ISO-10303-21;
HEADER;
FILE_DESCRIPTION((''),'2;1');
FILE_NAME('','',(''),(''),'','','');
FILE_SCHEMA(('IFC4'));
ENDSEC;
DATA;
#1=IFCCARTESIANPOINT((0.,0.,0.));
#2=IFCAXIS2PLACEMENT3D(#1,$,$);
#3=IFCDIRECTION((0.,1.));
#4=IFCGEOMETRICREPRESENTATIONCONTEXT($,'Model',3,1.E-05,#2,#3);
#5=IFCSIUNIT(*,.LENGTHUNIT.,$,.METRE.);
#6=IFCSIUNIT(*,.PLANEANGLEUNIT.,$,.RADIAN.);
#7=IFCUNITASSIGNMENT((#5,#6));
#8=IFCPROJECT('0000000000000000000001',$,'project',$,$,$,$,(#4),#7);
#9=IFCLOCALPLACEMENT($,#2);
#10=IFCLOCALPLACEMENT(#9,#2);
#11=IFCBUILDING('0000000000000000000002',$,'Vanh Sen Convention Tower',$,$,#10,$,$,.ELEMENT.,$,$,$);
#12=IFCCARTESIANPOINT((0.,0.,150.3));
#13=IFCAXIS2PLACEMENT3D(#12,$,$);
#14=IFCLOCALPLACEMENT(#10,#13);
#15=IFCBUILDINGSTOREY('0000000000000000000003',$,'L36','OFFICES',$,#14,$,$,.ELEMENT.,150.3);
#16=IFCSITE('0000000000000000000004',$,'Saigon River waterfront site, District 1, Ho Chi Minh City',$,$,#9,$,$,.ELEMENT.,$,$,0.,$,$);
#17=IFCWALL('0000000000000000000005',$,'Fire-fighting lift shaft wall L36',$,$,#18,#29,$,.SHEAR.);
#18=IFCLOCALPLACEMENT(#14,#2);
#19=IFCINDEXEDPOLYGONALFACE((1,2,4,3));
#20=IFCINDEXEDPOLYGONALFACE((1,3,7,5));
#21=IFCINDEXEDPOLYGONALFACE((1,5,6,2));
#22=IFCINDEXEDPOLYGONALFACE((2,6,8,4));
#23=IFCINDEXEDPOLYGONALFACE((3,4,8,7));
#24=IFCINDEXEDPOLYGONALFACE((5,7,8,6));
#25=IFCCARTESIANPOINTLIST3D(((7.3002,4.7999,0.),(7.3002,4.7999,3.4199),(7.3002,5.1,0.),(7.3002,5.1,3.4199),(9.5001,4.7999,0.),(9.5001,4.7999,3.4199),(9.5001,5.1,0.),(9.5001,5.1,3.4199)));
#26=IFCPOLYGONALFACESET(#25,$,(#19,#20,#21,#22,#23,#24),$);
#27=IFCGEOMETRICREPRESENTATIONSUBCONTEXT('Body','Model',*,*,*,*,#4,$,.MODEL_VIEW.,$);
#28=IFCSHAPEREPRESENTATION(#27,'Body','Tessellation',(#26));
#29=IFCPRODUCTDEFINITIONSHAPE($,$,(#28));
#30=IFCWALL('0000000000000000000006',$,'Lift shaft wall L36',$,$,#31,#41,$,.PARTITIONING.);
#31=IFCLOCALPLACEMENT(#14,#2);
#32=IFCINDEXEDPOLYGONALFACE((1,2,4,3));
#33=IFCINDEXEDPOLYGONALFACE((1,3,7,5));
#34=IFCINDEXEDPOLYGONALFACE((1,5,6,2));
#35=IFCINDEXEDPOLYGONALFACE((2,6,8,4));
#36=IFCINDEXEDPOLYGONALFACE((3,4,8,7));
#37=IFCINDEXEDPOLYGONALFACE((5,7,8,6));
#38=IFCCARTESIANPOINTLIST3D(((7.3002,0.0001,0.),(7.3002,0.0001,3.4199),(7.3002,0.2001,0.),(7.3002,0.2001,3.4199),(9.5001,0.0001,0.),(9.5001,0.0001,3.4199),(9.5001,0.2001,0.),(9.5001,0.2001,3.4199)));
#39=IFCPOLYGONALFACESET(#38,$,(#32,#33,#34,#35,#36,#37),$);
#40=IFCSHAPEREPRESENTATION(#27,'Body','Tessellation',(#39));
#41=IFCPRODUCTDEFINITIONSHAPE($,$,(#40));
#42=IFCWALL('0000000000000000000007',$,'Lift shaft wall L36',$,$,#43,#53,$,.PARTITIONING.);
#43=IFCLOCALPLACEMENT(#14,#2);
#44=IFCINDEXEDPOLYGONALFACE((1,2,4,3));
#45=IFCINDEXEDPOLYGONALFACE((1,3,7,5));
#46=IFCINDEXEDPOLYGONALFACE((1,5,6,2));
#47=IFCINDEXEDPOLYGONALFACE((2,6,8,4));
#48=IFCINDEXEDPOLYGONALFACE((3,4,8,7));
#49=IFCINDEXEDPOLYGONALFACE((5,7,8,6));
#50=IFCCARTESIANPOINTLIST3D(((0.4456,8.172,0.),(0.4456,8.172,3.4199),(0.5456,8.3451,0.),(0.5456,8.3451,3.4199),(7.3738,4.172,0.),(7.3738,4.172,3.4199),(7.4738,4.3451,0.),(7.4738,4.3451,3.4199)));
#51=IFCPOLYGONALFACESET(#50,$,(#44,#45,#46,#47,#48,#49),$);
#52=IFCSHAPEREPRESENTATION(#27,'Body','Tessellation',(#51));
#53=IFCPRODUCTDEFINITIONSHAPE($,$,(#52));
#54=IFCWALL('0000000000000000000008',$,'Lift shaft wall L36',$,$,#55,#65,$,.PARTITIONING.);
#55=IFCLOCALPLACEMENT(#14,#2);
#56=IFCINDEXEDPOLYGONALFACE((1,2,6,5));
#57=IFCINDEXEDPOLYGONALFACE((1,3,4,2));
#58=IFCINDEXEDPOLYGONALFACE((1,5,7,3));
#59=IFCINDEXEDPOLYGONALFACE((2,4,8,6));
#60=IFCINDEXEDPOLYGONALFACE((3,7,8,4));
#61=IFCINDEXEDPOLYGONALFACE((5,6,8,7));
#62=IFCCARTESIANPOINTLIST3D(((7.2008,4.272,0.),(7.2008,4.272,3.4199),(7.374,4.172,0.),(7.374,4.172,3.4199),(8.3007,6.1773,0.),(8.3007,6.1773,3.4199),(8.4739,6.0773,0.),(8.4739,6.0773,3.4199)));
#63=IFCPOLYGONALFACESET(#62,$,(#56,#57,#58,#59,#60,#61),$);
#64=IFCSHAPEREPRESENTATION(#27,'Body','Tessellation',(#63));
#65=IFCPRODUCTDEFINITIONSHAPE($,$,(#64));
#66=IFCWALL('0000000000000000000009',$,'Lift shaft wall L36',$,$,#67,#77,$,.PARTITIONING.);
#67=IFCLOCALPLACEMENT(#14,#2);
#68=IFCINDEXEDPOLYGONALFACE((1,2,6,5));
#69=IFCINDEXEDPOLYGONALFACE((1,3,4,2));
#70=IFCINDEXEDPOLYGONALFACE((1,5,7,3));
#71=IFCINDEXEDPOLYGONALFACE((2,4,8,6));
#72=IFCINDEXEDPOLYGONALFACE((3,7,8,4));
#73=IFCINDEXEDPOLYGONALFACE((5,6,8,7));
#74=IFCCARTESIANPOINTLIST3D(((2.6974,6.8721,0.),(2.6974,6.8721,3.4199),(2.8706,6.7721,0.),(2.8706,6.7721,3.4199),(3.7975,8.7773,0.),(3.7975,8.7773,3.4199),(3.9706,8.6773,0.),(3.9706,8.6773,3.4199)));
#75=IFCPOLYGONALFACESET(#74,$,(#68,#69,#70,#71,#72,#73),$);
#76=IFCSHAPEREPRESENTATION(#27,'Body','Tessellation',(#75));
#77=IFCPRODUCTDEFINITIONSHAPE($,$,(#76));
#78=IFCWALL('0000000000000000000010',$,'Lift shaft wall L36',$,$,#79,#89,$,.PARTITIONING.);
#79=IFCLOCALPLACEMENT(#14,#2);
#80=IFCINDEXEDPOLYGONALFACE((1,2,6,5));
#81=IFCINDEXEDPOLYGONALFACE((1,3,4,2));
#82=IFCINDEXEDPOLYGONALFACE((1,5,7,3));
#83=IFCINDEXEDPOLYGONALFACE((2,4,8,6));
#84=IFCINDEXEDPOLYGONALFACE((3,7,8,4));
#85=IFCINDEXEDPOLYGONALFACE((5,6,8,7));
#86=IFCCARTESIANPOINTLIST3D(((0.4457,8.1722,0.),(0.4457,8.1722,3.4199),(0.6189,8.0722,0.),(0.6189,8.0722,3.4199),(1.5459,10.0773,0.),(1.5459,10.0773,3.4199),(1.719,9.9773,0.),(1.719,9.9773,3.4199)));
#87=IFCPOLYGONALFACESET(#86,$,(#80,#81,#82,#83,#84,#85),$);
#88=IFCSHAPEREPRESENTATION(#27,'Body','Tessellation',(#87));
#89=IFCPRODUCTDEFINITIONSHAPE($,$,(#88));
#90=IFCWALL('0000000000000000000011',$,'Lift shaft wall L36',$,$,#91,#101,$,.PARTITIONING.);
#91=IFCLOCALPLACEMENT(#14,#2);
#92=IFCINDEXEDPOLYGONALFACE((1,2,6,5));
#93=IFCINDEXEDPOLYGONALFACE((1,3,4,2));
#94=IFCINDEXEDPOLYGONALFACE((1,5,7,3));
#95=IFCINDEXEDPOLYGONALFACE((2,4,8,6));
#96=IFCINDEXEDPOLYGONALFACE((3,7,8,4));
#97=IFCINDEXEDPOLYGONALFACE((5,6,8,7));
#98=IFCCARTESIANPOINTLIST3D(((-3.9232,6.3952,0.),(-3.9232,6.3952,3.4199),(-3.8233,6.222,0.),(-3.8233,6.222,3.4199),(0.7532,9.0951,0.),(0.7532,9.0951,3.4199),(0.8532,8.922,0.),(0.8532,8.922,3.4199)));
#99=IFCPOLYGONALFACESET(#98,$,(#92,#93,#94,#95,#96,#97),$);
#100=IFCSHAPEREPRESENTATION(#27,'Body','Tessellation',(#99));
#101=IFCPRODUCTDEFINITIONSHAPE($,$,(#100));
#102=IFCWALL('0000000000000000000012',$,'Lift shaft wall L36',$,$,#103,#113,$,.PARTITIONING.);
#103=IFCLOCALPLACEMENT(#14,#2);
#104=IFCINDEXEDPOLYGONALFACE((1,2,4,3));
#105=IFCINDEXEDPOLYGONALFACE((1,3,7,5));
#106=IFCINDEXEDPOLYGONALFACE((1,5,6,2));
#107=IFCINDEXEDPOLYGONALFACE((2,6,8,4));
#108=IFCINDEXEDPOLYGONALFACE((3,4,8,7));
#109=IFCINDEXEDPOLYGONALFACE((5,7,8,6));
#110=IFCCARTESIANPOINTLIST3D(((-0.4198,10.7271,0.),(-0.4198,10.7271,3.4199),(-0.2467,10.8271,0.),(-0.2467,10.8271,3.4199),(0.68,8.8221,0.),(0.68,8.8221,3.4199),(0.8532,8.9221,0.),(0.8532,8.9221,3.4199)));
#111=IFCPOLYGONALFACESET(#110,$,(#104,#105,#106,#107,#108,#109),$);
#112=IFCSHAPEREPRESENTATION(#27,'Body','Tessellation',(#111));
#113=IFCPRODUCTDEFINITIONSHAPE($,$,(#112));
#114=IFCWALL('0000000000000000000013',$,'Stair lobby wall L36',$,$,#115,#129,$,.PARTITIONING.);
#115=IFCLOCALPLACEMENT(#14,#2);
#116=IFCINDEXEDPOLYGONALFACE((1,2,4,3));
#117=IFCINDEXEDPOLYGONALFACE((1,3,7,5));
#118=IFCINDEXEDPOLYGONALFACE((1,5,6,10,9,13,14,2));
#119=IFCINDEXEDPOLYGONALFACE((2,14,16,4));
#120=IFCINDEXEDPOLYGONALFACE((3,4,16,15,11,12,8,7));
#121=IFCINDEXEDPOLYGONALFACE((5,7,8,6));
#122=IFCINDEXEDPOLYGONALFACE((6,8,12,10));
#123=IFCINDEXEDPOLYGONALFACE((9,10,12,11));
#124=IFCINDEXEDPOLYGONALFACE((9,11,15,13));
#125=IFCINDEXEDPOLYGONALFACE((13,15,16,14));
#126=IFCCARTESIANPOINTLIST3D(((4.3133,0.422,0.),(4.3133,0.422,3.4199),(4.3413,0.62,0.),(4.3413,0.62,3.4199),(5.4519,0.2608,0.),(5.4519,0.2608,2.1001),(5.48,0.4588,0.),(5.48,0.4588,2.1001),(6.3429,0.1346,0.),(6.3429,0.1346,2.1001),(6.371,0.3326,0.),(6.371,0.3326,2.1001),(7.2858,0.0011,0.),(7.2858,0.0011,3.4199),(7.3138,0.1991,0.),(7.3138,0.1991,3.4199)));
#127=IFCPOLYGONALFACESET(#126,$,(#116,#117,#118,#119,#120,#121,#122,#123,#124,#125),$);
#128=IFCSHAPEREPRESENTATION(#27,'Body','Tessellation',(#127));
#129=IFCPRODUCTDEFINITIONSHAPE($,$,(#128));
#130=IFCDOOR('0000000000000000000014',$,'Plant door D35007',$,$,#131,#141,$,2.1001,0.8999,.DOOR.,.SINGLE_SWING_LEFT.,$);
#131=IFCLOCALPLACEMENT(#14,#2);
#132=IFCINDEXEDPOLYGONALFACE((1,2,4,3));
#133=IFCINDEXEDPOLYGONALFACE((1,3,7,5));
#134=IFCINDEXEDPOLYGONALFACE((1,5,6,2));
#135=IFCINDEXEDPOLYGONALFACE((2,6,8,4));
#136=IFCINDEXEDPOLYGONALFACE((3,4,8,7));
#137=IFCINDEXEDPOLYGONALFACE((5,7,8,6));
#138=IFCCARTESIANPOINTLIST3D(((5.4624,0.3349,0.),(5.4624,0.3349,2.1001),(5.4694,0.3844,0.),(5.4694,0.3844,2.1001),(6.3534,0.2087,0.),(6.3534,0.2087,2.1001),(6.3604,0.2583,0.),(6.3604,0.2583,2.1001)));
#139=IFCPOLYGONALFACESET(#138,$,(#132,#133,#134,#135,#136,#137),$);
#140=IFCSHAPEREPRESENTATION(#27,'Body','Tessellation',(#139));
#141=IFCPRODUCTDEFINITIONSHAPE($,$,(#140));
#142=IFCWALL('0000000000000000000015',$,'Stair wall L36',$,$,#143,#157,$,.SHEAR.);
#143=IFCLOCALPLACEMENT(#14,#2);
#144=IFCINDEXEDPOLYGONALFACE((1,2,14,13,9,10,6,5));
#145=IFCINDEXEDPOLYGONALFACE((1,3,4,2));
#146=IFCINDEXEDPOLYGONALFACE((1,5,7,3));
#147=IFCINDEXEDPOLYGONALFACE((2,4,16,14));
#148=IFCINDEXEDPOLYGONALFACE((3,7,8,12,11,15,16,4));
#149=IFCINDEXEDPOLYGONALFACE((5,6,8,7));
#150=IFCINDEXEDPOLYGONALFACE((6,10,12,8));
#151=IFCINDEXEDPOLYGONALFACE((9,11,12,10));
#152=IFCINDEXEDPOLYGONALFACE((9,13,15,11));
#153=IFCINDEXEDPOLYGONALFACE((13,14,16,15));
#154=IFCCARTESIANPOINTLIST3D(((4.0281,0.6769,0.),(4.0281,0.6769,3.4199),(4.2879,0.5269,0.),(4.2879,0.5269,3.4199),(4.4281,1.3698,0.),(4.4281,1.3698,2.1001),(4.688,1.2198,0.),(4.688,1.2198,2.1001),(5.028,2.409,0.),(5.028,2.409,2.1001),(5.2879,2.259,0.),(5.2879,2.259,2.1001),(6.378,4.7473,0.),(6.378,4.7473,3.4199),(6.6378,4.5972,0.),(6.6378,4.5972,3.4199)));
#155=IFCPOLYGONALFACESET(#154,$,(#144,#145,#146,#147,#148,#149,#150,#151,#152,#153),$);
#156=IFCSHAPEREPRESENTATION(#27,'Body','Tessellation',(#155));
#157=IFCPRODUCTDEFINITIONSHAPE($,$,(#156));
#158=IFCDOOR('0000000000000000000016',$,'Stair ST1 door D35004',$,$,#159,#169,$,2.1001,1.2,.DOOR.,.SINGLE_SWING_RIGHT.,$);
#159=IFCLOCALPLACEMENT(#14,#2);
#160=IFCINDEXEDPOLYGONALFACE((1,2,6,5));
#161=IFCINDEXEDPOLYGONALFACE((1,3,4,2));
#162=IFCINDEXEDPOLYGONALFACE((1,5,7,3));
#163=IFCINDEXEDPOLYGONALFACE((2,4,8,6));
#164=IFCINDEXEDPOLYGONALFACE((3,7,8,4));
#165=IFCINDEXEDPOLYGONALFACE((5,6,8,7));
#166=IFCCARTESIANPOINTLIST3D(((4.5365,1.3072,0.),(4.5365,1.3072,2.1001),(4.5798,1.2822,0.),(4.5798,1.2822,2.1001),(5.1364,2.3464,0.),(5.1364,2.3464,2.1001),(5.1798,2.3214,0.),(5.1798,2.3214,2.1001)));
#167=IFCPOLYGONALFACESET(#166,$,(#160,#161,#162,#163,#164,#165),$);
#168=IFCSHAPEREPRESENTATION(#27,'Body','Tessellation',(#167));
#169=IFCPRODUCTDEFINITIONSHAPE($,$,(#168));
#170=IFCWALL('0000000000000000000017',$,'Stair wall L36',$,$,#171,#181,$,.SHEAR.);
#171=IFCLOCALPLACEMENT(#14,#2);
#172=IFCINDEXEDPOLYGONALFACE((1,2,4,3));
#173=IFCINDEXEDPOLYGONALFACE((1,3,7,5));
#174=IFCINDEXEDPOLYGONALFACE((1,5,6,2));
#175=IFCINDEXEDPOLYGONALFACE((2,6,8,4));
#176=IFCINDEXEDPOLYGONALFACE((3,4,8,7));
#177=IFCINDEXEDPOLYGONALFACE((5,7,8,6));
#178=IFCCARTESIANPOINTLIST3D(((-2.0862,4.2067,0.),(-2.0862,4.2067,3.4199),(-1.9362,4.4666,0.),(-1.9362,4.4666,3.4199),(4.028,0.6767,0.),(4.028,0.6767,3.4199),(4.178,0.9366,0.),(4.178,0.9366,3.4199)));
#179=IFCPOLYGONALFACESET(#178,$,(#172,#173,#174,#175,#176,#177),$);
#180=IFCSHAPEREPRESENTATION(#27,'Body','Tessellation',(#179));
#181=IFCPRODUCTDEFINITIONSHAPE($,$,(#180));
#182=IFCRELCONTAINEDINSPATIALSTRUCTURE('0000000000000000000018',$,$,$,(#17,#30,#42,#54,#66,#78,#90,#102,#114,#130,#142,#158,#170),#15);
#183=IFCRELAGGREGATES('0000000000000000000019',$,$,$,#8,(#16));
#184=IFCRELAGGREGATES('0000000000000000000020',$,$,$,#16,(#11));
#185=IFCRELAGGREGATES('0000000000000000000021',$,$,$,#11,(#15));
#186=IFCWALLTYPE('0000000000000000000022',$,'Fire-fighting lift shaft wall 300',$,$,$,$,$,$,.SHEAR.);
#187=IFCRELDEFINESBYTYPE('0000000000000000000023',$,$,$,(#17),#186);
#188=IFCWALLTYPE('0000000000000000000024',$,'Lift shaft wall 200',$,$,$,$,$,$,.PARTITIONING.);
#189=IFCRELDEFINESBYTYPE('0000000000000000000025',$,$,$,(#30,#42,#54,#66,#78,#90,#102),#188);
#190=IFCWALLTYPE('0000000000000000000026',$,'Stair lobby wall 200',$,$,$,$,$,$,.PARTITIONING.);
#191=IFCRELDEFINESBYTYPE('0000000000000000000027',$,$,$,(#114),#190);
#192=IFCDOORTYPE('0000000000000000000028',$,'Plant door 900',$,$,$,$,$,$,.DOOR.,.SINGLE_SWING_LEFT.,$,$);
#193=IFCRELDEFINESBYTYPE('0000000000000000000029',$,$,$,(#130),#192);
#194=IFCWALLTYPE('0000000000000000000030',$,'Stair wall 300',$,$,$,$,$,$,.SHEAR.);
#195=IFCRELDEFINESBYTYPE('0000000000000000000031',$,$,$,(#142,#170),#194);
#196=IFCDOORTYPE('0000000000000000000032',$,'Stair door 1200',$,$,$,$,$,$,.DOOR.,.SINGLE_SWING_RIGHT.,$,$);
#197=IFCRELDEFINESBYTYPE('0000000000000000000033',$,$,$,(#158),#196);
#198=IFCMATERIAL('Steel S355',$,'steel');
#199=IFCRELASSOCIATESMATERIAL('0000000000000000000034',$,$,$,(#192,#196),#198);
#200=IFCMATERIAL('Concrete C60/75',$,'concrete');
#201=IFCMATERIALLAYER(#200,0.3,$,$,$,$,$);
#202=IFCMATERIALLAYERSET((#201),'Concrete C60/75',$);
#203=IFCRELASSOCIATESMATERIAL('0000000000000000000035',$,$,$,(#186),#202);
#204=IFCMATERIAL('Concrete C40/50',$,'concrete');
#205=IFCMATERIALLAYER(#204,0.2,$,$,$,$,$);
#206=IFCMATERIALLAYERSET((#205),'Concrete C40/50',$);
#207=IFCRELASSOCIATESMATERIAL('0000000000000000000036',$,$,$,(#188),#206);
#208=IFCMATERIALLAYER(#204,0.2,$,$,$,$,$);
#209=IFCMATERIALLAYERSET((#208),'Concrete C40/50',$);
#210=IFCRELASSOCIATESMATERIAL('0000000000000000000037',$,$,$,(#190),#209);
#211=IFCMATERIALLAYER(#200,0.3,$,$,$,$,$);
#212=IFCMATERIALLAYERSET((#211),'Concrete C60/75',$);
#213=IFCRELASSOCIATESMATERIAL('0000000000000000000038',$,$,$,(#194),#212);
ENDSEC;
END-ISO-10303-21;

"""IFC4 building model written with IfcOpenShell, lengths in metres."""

from ifc_helpers import new_model, si_unit, direction, frame, frame_2d, origin, place, context, subcontext, project, spatial, rectangle, extrude, material, layer, layer_set, type_object, element, fill, save


model = new_model("IFC4")

# Units and contexts
model_context = context("Model", 3, precision=1e-05, world=origin(), true_north=direction((0.0, 1.0)))
body_context = subcontext(model_context, "Body", "Model", "MODEL_VIEW")
ifc_project = project(units=[si_unit("LENGTHUNIT", "METRE"), si_unit("PLANEANGLEUNIT", "RADIAN")], contexts=[model_context])

# Site, building, storey
site_placement = place(None, origin())
site = spatial("IfcSite", under=ifc_project, at=site_placement, Name="Saigon River waterfront site, District 1, Ho Chi Minh City", CompositionType="ELEMENT", RefElevation=0.0)
building_placement = place(site_placement, origin())
building = spatial("IfcBuilding", under=site, at=building_placement, Name="Vanh Sen Convention Tower", CompositionType="ELEMENT")
storey_placement = place(building_placement, frame((0.0, 0.0, 150.3)))
storey = spatial("IfcBuildingStorey", under=building, at=storey_placement, Name="L36", Description="OFFICES", CompositionType="ELEMENT", Elevation=150.3)

# Shared definitions
ifc_material_1 = material(Name="Concrete C40/50", Category="concrete")

# Shared definitions
ifc_material_2 = material(Name="Steel S355", Category="steel")
door_type_1 = type_object("IfcDoorType", Name="Plant door 900", OperationType="SINGLE_SWING_LEFT", PredefinedType="DOOR", material=ifc_material_2)

# Shared definitions
ifc_material_3 = material(Name="Concrete C60/75", Category="concrete")
ifc_layer_1 = layer(ifc_material_3, 0.3)
ifc_layer_set_1 = layer_set([ifc_layer_1], Name="Concrete C60/75")
wall_type_1 = type_object("IfcWallType", Name="Fire-fighting lift shaft wall 300", PredefinedType="SHEAR", material=ifc_layer_set_1)

# Walls
wall_1_placement = place(storey_placement, frame((7.3, 4.95, 0.0), z_axis=(0.0, 0.0, 1.0), x_axis=(1.0, 0.0, 0.0)))
element("IfcWall", 1, at=wall_1_placement, inside=storey, type_object=wall_type_1, Name="Fire-fighting lift shaft wall L36", PredefinedType="SHEAR", context=body_context, shape_type="SweptSolid", body=[
    extrude(rectangle(XDim=2.2, YDim=0.3, at=frame_2d((1.1001, 0.0))), origin(), (0.0, 0.0, 1.0), 3.4199),
])
ifc_layer_2 = layer(ifc_material_1, 0.2)
ifc_layer_set_2 = layer_set([ifc_layer_2], Name="Concrete C40/50")
wall_type_2 = type_object("IfcWallType", Name="Lift shaft wall 200", PredefinedType="PARTITIONING", material=ifc_layer_set_2)
wall_2_placement = place(storey_placement, frame((7.3, 0.1001, 0.0), z_axis=(0.0, 0.0, 1.0), x_axis=(1.0, 0.0, 0.0)))
element("IfcWall", 2, at=wall_2_placement, inside=storey, type_object=wall_type_2, Name="Lift shaft wall L36", PredefinedType="PARTITIONING", context=body_context, shape_type="SweptSolid", body=[
    extrude(rectangle(XDim=2.2, YDim=0.2, at=frame_2d((1.1001, 0.0))), origin(), (0.0, 0.0, 1.0), 3.4199),
])
wall_3_placement = place(storey_placement, frame((7.4238, 4.2585, 0.0), z_axis=(0.0, 0.0, 1.0), x_axis=(-0.866026, 0.499999, 0.0)))
element("IfcWall", 3, at=wall_3_placement, inside=storey, type_object=wall_type_2, Name="Lift shaft wall L36", PredefinedType="PARTITIONING", context=body_context, shape_type="SweptSolid", body=[
    extrude(rectangle(XDim=8.0, YDim=0.2, at=frame_2d((4.0, 0.0))), origin(), (0.0, 0.0, 1.0), 3.4199),
])
for number, where, z_axis, x_axis, name in (
    (4, (7.2874, 4.2219, 0.0), (0.0, 0.0, 1.0), (0.499947, 0.866056, 0.0), "Lift shaft wall L36"),
    (5, (2.7839, 6.822, 0.0), (0.0, 0.0, 1.0), (0.50003, 0.866008, 0.0), "Lift shaft wall L36"),
    (6, (0.5322, 8.1221, 0.0), (0.0, 0.0, 1.0), (0.500078, 0.86598, 0.0), "Lift shaft wall L36"),
):
    element("IfcWall", number, at=place(storey_placement, frame(where, z_axis=z_axis, x_axis=x_axis)), inside=storey, type_object=wall_type_2, Name=name, PredefinedType="PARTITIONING", context=body_context, shape_type="SweptSolid", body=[
        extrude(rectangle(XDim=2.2, YDim=0.2, at=frame_2d((1.1001, 0.0))), origin(), (0.0, 0.0, 1.0), 3.4199),
    ])
wall_4_placement = place(storey_placement, frame((0.8032, 9.0085, 0.0), z_axis=(0.0, 0.0, 1.0), x_axis=(-0.866028, -0.499995, 0.0)))
element("IfcWall", 7, at=wall_4_placement, inside=storey, type_object=wall_type_2, Name="Lift shaft wall L36", PredefinedType="PARTITIONING", context=body_context, shape_type="SweptSolid", body=[
    extrude(rectangle(XDim=5.3999, YDim=0.2, at=frame_2d((2.7, 0.0))), origin(), (0.0, 0.0, 1.0), 3.4199),
])
wall_5_placement = place(storey_placement, frame((0.7666, 8.8721, 0.0), z_axis=(0.0, 0.0, 1.0), x_axis=(-0.499995, 0.866028, 0.0)))
element("IfcWall", 8, at=wall_5_placement, inside=storey, type_object=wall_type_2, Name="Lift shaft wall L36", PredefinedType="PARTITIONING", context=body_context, shape_type="SweptSolid", body=[
    extrude(rectangle(XDim=2.1997, YDim=0.2, at=frame_2d((1.0999, 0.0))), origin(), (0.0, 0.0, 1.0), 3.4199),
])

# Walls, openings, doors
ifc_layer_3 = layer(ifc_material_1, 0.2)
ifc_layer_set_3 = layer_set([ifc_layer_3], Name="Concrete C40/50")
wall_type_3 = type_object("IfcWallType", Name="Stair lobby wall 200", PredefinedType="PARTITIONING", material=ifc_layer_set_3)
wall_6_placement = place(storey_placement, frame((4.3274, 0.521, 0.0), z_axis=(0.0, 0.0, 1.0), x_axis=(0.990124, -0.140192, 0.0)))
wall_6 = element("IfcWall", 9, at=wall_6_placement, inside=storey, type_object=wall_type_3, Name="Stair lobby wall L36", PredefinedType="PARTITIONING", context=body_context, shape_type="SweptSolid", body=[
    extrude(rectangle(XDim=3.0022, YDim=0.2, at=frame_2d((1.501, 0.0))), origin(), (0.0, 0.0, 1.0), 3.4199),
])
opening_1_placement = place(wall_6_placement, frame((1.1499, 0.0, 0.0)))
opening_1 = element("IfcOpeningElement", 10, at=opening_1_placement, cuts=wall_6, PredefinedType="OPENING", context=body_context, shape_type="SweptSolid", body=[
    extrude(rectangle(XDim=0.8999, YDim=2.1001, at=frame_2d((0.45, 1.05))), frame((0.0, 0.1099, 0.0), z_axis=(0.0, -1.0, 0.0), x_axis=(1.0, 0.0, 0.0)), (0.0, 0.0, 1.0), 0.22),
])
door_1_placement = place(opening_1_placement, origin())
door_1 = element("IfcDoor", 11, at=door_1_placement, inside=storey, type_object=door_type_1, Name="Plant door D35007", OperationType="SINGLE_SWING_LEFT", OverallHeight=2.1001, OverallWidth=0.8999, PredefinedType="DOOR", context=body_context, shape_type="SweptSolid", body=[
    extrude(rectangle(XDim=0.8999, YDim=2.1001, at=frame_2d((0.45, 1.05))), frame((0.0, 0.0249, 0.0), z_axis=(0.0, -1.0, 0.0), x_axis=(1.0, 0.0, 0.0)), (0.0, 0.0, 1.0), 0.05),
])
fill(opening_1, door_1)
ifc_layer_4 = layer(ifc_material_3, 0.3)
ifc_layer_set_4 = layer_set([ifc_layer_4], Name="Concrete C60/75")
wall_type_4 = type_object("IfcWallType", Name="Stair wall 300", PredefinedType="SHEAR", material=ifc_layer_set_4)
wall_7_placement = place(storey_placement, frame((4.158, 0.6018, 0.0), z_axis=(0.0, 0.0, 1.0), x_axis=(0.499977, 0.866039, 0.0)))
wall_7 = element("IfcWall", 12, at=wall_7_placement, inside=storey, type_object=wall_type_4, Name="Stair wall L36", PredefinedType="SHEAR", context=body_context, shape_type="SweptSolid", body=[
    extrude(rectangle(XDim=4.7, YDim=0.3, at=frame_2d((2.3501, 0.0))), origin(), (0.0, 0.0, 1.0), 3.4199),
])
opening_2_placement = place(wall_7_placement, frame((0.8, 0.0, 0.0)))
opening_2 = element("IfcOpeningElement", 13, at=opening_2_placement, cuts=wall_7, PredefinedType="OPENING", context=body_context, shape_type="SweptSolid", body=[
    extrude(rectangle(XDim=1.2, YDim=2.1001, at=frame_2d((0.6001, 1.05))), frame((0.0, 0.1599, 0.0), z_axis=(0.0, -1.0, 0.0), x_axis=(1.0, 0.0, 0.0)), (0.0, 0.0, 1.0), 0.3201),
])
door_type_2 = type_object("IfcDoorType", Name="Stair door 1200", OperationType="SINGLE_SWING_RIGHT", PredefinedType="DOOR", material=ifc_material_2)
door_2_placement = place(opening_2_placement, origin())
door_2 = element("IfcDoor", 14, at=door_2_placement, inside=storey, type_object=door_type_2, Name="Stair ST1 door D35004", OperationType="SINGLE_SWING_RIGHT", OverallHeight=2.1001, OverallWidth=1.2, PredefinedType="DOOR", context=body_context, shape_type="SweptSolid", body=[
    extrude(rectangle(XDim=1.2, YDim=2.1001, at=frame_2d((0.6001, 1.05))), frame((0.0, 0.0249, 0.0), z_axis=(0.0, -1.0, 0.0), x_axis=(1.0, 0.0, 0.0)), (0.0, 0.0, 1.0), 0.05),
])
fill(opening_2, door_2)

# Wall
for number, where, z_axis, x_axis, name in (
    (15, (4.103, 0.8066, 0.0), (0.0, 0.0, 1.0), (-0.866028, 0.499996, 0.0), "Stair wall L36"),
):
    element("IfcWall", number, at=place(storey_placement, frame(where, z_axis=z_axis, x_axis=x_axis)), inside=storey, type_object=wall_type_4, Name=name, PredefinedType="SHEAR", context=body_context, shape_type="SweptSolid", body=[
        extrude(rectangle(XDim=7.0601, YDim=0.3, at=frame_2d((3.53, 0.0))), origin(), (0.0, 0.0, 1.0), 3.4199),
    ])

save(model, "model.ifc")
